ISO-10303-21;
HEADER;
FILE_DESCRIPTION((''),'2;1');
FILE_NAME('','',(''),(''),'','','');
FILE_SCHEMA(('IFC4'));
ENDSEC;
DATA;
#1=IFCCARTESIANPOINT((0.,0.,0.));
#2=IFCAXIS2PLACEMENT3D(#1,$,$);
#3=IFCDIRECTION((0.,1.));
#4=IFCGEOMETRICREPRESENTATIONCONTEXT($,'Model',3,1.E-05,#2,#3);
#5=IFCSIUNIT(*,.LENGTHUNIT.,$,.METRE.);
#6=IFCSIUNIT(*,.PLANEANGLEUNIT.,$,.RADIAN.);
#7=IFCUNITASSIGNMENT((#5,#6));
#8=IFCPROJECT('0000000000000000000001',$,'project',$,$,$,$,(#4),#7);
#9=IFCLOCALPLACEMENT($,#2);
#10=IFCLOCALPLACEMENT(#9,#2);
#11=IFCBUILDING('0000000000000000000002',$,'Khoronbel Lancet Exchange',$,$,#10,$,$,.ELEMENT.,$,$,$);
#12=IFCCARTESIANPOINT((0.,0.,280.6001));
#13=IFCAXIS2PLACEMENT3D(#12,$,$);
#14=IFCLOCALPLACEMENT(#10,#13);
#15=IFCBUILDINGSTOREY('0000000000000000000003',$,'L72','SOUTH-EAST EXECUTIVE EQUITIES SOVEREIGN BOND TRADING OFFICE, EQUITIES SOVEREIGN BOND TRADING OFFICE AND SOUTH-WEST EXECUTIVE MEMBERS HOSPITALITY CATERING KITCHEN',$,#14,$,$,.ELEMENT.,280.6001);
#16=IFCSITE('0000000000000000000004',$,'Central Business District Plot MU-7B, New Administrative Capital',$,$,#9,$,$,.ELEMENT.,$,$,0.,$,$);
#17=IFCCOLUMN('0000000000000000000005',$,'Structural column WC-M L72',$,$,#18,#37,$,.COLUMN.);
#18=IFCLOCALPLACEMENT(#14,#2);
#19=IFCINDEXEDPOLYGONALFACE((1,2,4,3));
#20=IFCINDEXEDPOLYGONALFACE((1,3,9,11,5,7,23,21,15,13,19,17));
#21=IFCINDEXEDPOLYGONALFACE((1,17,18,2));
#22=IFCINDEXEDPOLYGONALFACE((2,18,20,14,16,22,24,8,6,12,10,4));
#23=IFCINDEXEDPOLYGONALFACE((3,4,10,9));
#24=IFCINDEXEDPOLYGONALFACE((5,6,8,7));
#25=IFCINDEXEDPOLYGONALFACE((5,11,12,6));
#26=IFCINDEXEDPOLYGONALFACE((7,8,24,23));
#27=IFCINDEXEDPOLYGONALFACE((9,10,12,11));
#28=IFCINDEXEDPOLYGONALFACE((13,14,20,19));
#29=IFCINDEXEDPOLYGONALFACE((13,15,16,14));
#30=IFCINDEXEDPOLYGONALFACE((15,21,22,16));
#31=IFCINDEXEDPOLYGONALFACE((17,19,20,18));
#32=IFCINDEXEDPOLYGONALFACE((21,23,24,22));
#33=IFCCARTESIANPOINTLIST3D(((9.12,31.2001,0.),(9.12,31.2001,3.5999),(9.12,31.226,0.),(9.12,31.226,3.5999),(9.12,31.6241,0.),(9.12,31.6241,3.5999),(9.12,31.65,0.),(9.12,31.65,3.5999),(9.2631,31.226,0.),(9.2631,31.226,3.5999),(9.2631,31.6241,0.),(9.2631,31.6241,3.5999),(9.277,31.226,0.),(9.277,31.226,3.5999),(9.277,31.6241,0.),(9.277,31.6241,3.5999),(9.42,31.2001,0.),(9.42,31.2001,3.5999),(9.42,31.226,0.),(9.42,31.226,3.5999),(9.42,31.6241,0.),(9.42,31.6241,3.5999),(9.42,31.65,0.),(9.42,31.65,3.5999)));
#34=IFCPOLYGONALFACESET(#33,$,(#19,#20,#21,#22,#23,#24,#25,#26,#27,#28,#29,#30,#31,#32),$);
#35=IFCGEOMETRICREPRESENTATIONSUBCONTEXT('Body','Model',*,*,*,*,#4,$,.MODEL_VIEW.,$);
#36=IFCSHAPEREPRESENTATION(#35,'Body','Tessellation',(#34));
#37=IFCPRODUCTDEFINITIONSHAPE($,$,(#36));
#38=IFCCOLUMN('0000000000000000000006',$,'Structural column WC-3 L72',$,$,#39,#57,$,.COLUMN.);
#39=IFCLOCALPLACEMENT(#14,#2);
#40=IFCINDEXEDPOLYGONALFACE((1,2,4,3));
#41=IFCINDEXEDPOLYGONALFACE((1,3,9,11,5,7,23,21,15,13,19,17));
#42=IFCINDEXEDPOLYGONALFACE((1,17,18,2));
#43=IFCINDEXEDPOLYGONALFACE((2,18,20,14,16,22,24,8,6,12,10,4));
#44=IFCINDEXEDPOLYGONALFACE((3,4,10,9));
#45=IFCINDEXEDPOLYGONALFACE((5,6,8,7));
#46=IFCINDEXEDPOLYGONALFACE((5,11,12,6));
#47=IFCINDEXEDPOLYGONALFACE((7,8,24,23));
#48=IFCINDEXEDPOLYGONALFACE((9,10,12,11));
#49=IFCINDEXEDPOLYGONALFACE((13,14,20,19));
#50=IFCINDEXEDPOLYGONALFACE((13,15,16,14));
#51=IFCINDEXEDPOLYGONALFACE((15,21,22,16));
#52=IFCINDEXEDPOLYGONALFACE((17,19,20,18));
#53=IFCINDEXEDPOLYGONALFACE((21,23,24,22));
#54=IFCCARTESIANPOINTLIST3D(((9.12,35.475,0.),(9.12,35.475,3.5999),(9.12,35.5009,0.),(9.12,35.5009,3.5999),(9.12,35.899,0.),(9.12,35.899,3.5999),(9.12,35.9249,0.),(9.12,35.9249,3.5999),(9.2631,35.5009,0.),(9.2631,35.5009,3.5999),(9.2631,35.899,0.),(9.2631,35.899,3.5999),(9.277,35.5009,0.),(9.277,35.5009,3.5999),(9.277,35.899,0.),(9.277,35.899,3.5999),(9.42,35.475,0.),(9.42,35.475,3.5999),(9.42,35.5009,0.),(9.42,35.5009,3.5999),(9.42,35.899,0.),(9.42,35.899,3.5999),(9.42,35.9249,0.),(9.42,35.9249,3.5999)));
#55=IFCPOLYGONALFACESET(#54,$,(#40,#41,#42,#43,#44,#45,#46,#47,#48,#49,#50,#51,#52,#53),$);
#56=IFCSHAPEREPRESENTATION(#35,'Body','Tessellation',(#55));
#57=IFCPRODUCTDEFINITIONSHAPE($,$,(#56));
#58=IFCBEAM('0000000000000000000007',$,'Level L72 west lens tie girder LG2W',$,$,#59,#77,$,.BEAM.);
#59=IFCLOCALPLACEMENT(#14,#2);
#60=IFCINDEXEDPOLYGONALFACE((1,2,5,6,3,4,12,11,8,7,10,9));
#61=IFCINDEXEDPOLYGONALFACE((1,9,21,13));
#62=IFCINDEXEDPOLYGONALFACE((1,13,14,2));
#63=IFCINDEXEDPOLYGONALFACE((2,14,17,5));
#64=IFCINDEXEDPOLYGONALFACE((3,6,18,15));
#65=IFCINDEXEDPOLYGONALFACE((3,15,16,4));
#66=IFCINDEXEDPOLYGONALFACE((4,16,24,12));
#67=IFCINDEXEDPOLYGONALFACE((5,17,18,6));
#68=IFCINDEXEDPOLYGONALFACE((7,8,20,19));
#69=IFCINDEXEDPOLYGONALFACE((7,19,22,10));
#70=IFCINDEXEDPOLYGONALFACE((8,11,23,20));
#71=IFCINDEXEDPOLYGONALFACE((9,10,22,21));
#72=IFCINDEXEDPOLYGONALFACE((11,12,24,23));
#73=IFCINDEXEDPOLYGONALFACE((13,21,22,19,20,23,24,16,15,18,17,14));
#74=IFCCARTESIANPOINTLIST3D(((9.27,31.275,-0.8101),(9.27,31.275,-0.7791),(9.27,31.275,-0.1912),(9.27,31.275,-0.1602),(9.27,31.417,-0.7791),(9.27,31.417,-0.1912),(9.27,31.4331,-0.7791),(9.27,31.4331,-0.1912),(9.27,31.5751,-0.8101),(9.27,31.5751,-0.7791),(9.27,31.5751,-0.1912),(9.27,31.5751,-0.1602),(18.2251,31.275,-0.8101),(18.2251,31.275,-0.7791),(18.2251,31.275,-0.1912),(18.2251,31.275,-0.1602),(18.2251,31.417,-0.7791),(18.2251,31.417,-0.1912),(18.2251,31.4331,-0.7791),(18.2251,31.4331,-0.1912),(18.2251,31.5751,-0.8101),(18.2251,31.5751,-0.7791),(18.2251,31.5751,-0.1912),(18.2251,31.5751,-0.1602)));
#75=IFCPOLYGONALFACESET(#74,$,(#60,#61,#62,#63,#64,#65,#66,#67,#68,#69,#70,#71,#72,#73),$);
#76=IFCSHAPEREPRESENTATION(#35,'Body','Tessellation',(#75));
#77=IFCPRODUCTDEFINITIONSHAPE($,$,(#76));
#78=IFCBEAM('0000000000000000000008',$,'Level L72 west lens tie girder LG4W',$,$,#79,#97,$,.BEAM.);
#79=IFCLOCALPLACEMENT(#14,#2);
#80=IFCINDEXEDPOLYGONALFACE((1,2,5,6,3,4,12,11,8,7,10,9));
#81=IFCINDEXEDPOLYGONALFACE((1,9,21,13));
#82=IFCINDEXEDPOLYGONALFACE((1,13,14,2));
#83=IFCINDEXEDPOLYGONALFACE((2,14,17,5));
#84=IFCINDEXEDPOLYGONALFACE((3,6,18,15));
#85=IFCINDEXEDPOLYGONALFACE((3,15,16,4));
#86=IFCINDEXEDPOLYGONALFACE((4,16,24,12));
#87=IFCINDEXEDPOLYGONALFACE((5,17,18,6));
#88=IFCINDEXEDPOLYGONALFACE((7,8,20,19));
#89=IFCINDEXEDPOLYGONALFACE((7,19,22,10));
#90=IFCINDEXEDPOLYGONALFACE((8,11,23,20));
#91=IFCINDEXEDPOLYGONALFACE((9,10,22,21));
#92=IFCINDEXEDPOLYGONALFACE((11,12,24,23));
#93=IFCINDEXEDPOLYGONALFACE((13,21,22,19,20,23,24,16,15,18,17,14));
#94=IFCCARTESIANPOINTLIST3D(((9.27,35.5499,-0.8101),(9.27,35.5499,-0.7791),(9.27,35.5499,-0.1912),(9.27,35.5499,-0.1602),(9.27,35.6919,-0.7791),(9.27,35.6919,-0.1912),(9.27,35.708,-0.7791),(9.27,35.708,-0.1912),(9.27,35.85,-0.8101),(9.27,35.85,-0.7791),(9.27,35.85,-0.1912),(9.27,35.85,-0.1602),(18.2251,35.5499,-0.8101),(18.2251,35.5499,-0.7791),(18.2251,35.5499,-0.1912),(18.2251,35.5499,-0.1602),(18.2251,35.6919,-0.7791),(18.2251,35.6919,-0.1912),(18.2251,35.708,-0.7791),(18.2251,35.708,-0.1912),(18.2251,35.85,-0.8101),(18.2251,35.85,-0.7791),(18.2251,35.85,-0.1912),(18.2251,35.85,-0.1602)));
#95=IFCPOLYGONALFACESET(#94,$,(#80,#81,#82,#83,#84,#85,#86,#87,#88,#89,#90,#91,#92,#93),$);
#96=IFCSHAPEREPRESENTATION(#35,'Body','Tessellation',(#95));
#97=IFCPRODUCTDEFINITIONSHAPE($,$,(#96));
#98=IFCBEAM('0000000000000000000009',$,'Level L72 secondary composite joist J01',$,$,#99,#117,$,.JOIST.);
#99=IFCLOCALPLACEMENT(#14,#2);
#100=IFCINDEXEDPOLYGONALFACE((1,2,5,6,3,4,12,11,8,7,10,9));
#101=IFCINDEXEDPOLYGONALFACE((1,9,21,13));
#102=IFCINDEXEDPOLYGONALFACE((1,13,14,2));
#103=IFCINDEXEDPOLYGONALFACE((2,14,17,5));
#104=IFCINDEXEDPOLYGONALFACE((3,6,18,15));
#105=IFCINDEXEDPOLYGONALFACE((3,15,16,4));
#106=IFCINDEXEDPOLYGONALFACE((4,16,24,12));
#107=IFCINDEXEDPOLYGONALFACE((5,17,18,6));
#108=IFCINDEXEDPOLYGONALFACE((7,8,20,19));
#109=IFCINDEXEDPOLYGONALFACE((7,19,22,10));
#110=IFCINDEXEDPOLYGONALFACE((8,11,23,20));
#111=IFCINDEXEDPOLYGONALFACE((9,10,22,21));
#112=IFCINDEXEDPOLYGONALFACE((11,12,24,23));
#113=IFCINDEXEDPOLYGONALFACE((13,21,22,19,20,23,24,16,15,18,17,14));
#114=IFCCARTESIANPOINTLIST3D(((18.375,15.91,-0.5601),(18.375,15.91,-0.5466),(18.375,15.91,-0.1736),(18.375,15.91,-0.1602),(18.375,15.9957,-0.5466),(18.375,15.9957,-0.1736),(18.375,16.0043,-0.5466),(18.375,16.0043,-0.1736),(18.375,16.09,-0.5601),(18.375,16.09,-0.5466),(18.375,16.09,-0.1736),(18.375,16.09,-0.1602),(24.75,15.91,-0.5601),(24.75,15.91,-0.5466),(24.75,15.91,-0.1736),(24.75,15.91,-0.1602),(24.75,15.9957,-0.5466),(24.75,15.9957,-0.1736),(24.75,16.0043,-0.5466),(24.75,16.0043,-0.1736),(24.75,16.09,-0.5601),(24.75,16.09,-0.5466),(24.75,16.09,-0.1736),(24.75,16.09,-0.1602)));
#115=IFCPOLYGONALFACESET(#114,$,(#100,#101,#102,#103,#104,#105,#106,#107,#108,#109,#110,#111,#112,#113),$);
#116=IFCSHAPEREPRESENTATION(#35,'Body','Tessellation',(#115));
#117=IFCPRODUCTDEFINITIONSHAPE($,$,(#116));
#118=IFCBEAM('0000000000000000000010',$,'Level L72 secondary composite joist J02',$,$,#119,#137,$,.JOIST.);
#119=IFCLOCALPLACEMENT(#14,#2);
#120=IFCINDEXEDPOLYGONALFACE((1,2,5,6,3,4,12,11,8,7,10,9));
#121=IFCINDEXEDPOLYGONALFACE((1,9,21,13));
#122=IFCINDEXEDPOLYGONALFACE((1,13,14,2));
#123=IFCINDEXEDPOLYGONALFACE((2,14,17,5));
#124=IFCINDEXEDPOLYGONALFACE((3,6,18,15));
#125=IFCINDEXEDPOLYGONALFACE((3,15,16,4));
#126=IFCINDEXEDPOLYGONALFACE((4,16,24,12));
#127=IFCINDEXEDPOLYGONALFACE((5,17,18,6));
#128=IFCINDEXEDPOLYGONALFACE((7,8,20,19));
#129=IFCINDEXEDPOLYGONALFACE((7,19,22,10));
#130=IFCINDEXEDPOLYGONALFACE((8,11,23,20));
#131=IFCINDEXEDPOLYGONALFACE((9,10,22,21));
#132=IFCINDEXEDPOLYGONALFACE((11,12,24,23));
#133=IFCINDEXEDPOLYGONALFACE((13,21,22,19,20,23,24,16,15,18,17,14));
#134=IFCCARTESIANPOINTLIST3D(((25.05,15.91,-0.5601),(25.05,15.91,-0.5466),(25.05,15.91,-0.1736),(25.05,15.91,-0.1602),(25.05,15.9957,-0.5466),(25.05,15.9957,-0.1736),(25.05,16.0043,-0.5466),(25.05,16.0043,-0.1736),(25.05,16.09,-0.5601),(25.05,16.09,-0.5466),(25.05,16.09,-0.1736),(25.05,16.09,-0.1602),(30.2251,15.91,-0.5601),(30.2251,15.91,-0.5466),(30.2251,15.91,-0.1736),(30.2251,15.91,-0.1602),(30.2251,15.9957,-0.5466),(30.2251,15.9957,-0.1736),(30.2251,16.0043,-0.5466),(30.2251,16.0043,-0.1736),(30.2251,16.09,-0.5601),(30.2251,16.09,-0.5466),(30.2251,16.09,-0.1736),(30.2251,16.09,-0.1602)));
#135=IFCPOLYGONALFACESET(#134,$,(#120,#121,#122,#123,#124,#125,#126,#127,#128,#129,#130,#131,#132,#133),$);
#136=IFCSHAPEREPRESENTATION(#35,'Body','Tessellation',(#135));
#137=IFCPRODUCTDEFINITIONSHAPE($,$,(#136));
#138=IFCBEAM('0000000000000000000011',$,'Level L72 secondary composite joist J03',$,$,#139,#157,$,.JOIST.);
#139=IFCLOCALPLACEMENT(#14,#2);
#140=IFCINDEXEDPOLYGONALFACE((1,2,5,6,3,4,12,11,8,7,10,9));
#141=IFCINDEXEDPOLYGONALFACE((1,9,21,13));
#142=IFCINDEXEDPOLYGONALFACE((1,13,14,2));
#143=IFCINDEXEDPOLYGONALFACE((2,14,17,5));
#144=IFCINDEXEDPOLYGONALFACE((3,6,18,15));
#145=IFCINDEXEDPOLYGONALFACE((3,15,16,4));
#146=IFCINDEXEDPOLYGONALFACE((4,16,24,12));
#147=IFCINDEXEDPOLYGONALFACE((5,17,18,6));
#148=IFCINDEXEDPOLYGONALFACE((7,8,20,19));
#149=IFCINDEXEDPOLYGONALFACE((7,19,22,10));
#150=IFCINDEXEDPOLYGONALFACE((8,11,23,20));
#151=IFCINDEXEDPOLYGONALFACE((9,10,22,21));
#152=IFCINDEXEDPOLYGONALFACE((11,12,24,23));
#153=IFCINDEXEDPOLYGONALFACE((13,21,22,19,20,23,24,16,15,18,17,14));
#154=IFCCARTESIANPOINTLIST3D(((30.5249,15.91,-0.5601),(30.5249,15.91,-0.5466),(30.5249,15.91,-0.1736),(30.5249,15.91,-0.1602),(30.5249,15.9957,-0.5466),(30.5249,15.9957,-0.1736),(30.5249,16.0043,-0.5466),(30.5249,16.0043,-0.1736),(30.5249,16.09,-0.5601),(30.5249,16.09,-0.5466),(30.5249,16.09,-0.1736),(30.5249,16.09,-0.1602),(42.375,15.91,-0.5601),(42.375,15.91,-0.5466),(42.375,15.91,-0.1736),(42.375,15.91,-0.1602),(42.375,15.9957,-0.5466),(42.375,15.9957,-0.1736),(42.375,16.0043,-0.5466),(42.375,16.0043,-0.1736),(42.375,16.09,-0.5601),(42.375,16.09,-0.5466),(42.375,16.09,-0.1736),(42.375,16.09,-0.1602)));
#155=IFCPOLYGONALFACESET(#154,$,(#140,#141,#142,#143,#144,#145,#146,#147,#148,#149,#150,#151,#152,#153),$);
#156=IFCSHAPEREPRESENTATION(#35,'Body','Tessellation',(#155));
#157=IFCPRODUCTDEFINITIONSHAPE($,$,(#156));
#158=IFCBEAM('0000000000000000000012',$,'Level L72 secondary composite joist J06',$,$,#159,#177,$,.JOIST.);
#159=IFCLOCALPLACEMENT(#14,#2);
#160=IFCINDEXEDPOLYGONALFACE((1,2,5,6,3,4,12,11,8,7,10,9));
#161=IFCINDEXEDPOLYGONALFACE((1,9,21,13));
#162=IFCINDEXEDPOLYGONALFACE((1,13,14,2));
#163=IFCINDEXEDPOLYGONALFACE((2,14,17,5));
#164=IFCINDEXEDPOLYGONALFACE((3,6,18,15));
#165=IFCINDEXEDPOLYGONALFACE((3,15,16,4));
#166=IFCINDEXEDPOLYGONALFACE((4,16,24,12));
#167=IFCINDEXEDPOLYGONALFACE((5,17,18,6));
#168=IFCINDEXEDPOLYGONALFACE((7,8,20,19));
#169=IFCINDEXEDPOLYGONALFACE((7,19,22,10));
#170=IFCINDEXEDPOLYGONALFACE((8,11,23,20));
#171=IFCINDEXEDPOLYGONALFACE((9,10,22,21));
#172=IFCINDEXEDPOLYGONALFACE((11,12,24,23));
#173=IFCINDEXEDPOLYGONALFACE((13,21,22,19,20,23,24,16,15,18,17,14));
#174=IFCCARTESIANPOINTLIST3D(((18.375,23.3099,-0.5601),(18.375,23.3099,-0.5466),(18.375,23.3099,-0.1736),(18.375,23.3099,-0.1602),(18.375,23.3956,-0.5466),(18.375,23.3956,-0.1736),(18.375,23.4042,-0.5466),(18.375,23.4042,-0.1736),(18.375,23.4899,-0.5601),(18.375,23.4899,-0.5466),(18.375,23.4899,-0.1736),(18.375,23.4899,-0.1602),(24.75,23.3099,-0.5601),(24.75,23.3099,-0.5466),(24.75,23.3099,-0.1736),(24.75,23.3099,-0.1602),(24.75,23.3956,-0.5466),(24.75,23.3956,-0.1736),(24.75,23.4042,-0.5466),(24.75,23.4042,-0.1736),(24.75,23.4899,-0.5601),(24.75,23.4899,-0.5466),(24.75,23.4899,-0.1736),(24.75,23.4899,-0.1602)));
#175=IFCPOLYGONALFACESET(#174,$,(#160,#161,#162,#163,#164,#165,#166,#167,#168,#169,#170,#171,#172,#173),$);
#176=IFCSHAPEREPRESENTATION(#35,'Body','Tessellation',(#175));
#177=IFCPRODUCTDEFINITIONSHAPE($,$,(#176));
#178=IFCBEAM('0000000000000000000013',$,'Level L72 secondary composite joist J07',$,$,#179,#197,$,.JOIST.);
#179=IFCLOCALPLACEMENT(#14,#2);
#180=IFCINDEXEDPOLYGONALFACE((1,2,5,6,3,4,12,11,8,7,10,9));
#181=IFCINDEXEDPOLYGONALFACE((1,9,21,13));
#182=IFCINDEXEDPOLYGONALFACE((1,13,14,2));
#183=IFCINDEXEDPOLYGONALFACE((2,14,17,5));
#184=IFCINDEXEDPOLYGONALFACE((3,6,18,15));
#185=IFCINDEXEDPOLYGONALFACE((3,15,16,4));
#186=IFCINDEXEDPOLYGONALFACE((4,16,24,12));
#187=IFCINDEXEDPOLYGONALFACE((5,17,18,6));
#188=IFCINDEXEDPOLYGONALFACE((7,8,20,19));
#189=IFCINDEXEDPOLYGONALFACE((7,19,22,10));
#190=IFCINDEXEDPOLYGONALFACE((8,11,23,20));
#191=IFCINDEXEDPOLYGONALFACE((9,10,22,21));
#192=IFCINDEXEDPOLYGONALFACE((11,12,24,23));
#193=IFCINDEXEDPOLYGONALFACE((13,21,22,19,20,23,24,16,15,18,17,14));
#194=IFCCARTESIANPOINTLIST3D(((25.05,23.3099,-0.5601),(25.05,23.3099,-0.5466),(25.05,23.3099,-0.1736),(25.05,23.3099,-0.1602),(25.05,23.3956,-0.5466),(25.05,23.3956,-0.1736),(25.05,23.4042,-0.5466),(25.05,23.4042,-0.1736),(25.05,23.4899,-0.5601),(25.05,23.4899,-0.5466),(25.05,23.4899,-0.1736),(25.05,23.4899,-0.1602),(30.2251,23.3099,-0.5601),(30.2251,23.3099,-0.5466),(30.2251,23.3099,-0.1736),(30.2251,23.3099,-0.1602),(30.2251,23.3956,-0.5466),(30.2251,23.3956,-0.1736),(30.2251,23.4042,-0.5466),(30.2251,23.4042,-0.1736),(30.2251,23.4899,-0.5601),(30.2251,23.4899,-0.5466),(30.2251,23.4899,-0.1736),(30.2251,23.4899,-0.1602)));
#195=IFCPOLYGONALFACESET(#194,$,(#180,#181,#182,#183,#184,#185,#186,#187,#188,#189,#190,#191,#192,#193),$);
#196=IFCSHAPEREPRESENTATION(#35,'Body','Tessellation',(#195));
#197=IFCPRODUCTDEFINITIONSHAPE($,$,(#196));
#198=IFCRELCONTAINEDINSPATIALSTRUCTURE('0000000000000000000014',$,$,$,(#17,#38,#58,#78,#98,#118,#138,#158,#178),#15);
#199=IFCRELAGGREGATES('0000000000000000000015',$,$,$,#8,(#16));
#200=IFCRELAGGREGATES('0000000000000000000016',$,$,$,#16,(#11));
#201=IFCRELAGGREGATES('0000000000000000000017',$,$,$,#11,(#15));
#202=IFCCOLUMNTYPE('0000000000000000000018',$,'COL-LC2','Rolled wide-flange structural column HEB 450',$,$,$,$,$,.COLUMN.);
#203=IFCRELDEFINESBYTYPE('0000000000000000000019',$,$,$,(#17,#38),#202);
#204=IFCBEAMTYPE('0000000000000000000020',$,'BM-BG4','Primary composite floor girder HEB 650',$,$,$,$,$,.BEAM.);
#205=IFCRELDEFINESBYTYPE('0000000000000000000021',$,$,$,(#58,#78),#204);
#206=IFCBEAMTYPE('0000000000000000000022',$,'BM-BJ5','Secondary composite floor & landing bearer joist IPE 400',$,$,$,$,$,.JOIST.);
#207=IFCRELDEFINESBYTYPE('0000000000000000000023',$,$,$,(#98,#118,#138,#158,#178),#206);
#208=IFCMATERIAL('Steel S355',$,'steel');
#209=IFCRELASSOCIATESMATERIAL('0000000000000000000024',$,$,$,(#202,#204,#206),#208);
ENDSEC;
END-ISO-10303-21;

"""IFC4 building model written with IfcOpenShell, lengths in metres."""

from ifc_helpers import new_model, si_unit, direction, frame, origin, origin_2d, place, context, subcontext, project, spatial, i_section, extrude, material, material_profile, profile_set, type_object, element, save


model = new_model("IFC4")

# Units and contexts
model_context = context("Model", 3, precision=1e-05, world=origin(), true_north=direction((0.0, 1.0)))
body_context = subcontext(model_context, "Body", "Model", "MODEL_VIEW")
ifc_project = project(units=[si_unit("LENGTHUNIT", "METRE"), si_unit("PLANEANGLEUNIT", "RADIAN")], contexts=[model_context])

# Site, building, storey
site_placement = place(None, origin())
site = spatial("IfcSite", under=ifc_project, at=site_placement, Name="Central Business District Plot MU-7B, New Administrative Capital", CompositionType="ELEMENT", RefElevation=0.0)
building_placement = place(site_placement, origin())
building = spatial("IfcBuilding", under=site, at=building_placement, Name="Khoronbel Lancet Exchange", CompositionType="ELEMENT")
storey_placement = place(building_placement, frame((0.0, 0.0, 280.6001)))
storey = spatial("IfcBuildingStorey", under=building, at=storey_placement, Name="L72", Description="SOUTH-EAST EXECUTIVE EQUITIES SOVEREIGN BOND TRADING OFFICE, EQUITIES SOVEREIGN BOND TRADING OFFICE AND SOUTH-WEST EXECUTIVE MEMBERS HOSPITALITY CATERING KITCHEN", CompositionType="ELEMENT", Elevation=280.6001)

# Columns
ifc_material_1 = material(Name="Steel S355", Category="steel")
ifc_material_profile_1 = material_profile(ifc_material_1, i_section(OverallWidth=0.3, OverallDepth=0.45, WebThickness=0.0139, FlangeThickness=0.0259, at=origin_2d()), Name="HEB 450")
ifc_profile_set_1 = profile_set([ifc_material_profile_1], Name="Steel S355")
column_type = type_object("IfcColumnType", Name="COL-LC2", Description="Rolled wide-flange structural column HEB 450", PredefinedType="COLUMN", material=ifc_profile_set_1)
for number, where, z_axis, x_axis, name in (
    (1, (9.27, 31.425, 0.0), (0.0, 0.0, 1.0), (1.0, 0.0, 0.0), "Structural column WC-M L72"),
    (2, (9.27, 35.7, 0.0), (0.0, 0.0, 1.0), (1.0, 0.0, 0.0), "Structural column WC-3 L72"),
):
    element("IfcColumn", number, at=place(storey_placement, frame(where, z_axis=z_axis, x_axis=x_axis)), inside=storey, type_object=column_type, Name=name, PredefinedType="COLUMN", context=body_context, shape_type="SweptSolid", body=[
        extrude(i_section(OverallWidth=0.3, OverallDepth=0.45, WebThickness=0.0139, FlangeThickness=0.0259, at=origin_2d()), origin(), (0.0, 0.0, 1.0), 3.5999),
    ])

# Beams
ifc_material_profile_2 = material_profile(ifc_material_1, i_section(OverallWidth=0.3, OverallDepth=0.6499, WebThickness=0.0161, FlangeThickness=0.031, at=origin_2d()), Name="HEB 650")
ifc_profile_set_2 = profile_set([ifc_material_profile_2], Name="Steel S355")
beam_type_1 = type_object("IfcBeamType", Name="BM-BG4", Description="Primary composite floor girder HEB 650", PredefinedType="BEAM", material=ifc_profile_set_2)
for number, where, z_axis, x_axis, name in (
    (3, (9.27, 31.425, -0.4851), (1.0, 0.0, 0.0), (0.0, 1.0, 0.0), "Level L72 west lens tie girder LG2W"),
    (4, (9.27, 35.7, -0.4851), (1.0, 0.0, 0.0), (0.0, 1.0, 0.0), "Level L72 west lens tie girder LG4W"),
):
    element("IfcBeam", number, at=place(storey_placement, frame(where, z_axis=z_axis, x_axis=x_axis)), inside=storey, type_object=beam_type_1, Name=name, PredefinedType="BEAM", context=body_context, shape_type="SweptSolid", body=[
        extrude(i_section(OverallWidth=0.3, OverallDepth=0.6499, WebThickness=0.0161, FlangeThickness=0.031, at=origin_2d()), origin(), (0.0, 0.0, 1.0), 8.9551),
    ])
ifc_material_profile_3 = material_profile(ifc_material_1, i_section(OverallWidth=0.1799, OverallDepth=0.3999, WebThickness=0.0085, FlangeThickness=0.0134, at=origin_2d()), Name="IPE 400")
ifc_profile_set_3 = profile_set([ifc_material_profile_3], Name="Steel S355")
beam_type_2 = type_object("IfcBeamType", Name="BM-BJ5", Description="Secondary composite floor & landing bearer joist IPE 400", PredefinedType="JOIST", material=ifc_profile_set_3)
beam_1_placement = place(storey_placement, frame((18.375, 16.0, -0.3601), z_axis=(1.0, 0.0, 0.0), x_axis=(0.0, 1.0, 0.0)))
element("IfcBeam", 5, at=beam_1_placement, inside=storey, type_object=beam_type_2, Name="Level L72 secondary composite joist J01", PredefinedType="JOIST", context=body_context, shape_type="SweptSolid", body=[
    extrude(i_section(OverallWidth=0.1799, OverallDepth=0.3999, WebThickness=0.0085, FlangeThickness=0.0134, at=origin_2d()), origin(), (0.0, 0.0, 1.0), 6.375),
])
beam_2_placement = place(storey_placement, frame((25.05, 16.0, -0.3601), z_axis=(1.0, 0.0, 0.0), x_axis=(0.0, 1.0, 0.0)))
element("IfcBeam", 6, at=beam_2_placement, inside=storey, type_object=beam_type_2, Name="Level L72 secondary composite joist J02", PredefinedType="JOIST", context=body_context, shape_type="SweptSolid", body=[
    extrude(i_section(OverallWidth=0.1799, OverallDepth=0.3999, WebThickness=0.0085, FlangeThickness=0.0134, at=origin_2d()), origin(), (0.0, 0.0, 1.0), 5.175),
])
beam_3_placement = place(storey_placement, frame((30.5249, 16.0, -0.3601), z_axis=(1.0, 0.0, 0.0), x_axis=(0.0, 1.0, 0.0)))
element("IfcBeam", 7, at=beam_3_placement, inside=storey, type_object=beam_type_2, Name="Level L72 secondary composite joist J03", PredefinedType="JOIST", context=body_context, shape_type="SweptSolid", body=[
    extrude(i_section(OverallWidth=0.1799, OverallDepth=0.3999, WebThickness=0.0085, FlangeThickness=0.0134, at=origin_2d()), origin(), (0.0, 0.0, 1.0), 11.8501),
])
beam_4_placement = place(storey_placement, frame((18.375, 23.3999, -0.3601), z_axis=(1.0, 0.0, 0.0), x_axis=(0.0, 1.0, 0.0)))
element("IfcBeam", 8, at=beam_4_placement, inside=storey, type_object=beam_type_2, Name="Level L72 secondary composite joist J06", PredefinedType="JOIST", context=body_context, shape_type="SweptSolid", body=[
    extrude(i_section(OverallWidth=0.1799, OverallDepth=0.3999, WebThickness=0.0085, FlangeThickness=0.0134, at=origin_2d()), origin(), (0.0, 0.0, 1.0), 6.375),
])
beam_5_placement = place(storey_placement, frame((25.05, 23.3999, -0.3601), z_axis=(1.0, 0.0, 0.0), x_axis=(0.0, 1.0, 0.0)))
element("IfcBeam", 9, at=beam_5_placement, inside=storey, type_object=beam_type_2, Name="Level L72 secondary composite joist J07", PredefinedType="JOIST", context=body_context, shape_type="SweptSolid", body=[
    extrude(i_section(OverallWidth=0.1799, OverallDepth=0.3999, WebThickness=0.0085, FlangeThickness=0.0134, at=origin_2d()), origin(), (0.0, 0.0, 1.0), 5.175),
])

save(model, "model.ifc")
